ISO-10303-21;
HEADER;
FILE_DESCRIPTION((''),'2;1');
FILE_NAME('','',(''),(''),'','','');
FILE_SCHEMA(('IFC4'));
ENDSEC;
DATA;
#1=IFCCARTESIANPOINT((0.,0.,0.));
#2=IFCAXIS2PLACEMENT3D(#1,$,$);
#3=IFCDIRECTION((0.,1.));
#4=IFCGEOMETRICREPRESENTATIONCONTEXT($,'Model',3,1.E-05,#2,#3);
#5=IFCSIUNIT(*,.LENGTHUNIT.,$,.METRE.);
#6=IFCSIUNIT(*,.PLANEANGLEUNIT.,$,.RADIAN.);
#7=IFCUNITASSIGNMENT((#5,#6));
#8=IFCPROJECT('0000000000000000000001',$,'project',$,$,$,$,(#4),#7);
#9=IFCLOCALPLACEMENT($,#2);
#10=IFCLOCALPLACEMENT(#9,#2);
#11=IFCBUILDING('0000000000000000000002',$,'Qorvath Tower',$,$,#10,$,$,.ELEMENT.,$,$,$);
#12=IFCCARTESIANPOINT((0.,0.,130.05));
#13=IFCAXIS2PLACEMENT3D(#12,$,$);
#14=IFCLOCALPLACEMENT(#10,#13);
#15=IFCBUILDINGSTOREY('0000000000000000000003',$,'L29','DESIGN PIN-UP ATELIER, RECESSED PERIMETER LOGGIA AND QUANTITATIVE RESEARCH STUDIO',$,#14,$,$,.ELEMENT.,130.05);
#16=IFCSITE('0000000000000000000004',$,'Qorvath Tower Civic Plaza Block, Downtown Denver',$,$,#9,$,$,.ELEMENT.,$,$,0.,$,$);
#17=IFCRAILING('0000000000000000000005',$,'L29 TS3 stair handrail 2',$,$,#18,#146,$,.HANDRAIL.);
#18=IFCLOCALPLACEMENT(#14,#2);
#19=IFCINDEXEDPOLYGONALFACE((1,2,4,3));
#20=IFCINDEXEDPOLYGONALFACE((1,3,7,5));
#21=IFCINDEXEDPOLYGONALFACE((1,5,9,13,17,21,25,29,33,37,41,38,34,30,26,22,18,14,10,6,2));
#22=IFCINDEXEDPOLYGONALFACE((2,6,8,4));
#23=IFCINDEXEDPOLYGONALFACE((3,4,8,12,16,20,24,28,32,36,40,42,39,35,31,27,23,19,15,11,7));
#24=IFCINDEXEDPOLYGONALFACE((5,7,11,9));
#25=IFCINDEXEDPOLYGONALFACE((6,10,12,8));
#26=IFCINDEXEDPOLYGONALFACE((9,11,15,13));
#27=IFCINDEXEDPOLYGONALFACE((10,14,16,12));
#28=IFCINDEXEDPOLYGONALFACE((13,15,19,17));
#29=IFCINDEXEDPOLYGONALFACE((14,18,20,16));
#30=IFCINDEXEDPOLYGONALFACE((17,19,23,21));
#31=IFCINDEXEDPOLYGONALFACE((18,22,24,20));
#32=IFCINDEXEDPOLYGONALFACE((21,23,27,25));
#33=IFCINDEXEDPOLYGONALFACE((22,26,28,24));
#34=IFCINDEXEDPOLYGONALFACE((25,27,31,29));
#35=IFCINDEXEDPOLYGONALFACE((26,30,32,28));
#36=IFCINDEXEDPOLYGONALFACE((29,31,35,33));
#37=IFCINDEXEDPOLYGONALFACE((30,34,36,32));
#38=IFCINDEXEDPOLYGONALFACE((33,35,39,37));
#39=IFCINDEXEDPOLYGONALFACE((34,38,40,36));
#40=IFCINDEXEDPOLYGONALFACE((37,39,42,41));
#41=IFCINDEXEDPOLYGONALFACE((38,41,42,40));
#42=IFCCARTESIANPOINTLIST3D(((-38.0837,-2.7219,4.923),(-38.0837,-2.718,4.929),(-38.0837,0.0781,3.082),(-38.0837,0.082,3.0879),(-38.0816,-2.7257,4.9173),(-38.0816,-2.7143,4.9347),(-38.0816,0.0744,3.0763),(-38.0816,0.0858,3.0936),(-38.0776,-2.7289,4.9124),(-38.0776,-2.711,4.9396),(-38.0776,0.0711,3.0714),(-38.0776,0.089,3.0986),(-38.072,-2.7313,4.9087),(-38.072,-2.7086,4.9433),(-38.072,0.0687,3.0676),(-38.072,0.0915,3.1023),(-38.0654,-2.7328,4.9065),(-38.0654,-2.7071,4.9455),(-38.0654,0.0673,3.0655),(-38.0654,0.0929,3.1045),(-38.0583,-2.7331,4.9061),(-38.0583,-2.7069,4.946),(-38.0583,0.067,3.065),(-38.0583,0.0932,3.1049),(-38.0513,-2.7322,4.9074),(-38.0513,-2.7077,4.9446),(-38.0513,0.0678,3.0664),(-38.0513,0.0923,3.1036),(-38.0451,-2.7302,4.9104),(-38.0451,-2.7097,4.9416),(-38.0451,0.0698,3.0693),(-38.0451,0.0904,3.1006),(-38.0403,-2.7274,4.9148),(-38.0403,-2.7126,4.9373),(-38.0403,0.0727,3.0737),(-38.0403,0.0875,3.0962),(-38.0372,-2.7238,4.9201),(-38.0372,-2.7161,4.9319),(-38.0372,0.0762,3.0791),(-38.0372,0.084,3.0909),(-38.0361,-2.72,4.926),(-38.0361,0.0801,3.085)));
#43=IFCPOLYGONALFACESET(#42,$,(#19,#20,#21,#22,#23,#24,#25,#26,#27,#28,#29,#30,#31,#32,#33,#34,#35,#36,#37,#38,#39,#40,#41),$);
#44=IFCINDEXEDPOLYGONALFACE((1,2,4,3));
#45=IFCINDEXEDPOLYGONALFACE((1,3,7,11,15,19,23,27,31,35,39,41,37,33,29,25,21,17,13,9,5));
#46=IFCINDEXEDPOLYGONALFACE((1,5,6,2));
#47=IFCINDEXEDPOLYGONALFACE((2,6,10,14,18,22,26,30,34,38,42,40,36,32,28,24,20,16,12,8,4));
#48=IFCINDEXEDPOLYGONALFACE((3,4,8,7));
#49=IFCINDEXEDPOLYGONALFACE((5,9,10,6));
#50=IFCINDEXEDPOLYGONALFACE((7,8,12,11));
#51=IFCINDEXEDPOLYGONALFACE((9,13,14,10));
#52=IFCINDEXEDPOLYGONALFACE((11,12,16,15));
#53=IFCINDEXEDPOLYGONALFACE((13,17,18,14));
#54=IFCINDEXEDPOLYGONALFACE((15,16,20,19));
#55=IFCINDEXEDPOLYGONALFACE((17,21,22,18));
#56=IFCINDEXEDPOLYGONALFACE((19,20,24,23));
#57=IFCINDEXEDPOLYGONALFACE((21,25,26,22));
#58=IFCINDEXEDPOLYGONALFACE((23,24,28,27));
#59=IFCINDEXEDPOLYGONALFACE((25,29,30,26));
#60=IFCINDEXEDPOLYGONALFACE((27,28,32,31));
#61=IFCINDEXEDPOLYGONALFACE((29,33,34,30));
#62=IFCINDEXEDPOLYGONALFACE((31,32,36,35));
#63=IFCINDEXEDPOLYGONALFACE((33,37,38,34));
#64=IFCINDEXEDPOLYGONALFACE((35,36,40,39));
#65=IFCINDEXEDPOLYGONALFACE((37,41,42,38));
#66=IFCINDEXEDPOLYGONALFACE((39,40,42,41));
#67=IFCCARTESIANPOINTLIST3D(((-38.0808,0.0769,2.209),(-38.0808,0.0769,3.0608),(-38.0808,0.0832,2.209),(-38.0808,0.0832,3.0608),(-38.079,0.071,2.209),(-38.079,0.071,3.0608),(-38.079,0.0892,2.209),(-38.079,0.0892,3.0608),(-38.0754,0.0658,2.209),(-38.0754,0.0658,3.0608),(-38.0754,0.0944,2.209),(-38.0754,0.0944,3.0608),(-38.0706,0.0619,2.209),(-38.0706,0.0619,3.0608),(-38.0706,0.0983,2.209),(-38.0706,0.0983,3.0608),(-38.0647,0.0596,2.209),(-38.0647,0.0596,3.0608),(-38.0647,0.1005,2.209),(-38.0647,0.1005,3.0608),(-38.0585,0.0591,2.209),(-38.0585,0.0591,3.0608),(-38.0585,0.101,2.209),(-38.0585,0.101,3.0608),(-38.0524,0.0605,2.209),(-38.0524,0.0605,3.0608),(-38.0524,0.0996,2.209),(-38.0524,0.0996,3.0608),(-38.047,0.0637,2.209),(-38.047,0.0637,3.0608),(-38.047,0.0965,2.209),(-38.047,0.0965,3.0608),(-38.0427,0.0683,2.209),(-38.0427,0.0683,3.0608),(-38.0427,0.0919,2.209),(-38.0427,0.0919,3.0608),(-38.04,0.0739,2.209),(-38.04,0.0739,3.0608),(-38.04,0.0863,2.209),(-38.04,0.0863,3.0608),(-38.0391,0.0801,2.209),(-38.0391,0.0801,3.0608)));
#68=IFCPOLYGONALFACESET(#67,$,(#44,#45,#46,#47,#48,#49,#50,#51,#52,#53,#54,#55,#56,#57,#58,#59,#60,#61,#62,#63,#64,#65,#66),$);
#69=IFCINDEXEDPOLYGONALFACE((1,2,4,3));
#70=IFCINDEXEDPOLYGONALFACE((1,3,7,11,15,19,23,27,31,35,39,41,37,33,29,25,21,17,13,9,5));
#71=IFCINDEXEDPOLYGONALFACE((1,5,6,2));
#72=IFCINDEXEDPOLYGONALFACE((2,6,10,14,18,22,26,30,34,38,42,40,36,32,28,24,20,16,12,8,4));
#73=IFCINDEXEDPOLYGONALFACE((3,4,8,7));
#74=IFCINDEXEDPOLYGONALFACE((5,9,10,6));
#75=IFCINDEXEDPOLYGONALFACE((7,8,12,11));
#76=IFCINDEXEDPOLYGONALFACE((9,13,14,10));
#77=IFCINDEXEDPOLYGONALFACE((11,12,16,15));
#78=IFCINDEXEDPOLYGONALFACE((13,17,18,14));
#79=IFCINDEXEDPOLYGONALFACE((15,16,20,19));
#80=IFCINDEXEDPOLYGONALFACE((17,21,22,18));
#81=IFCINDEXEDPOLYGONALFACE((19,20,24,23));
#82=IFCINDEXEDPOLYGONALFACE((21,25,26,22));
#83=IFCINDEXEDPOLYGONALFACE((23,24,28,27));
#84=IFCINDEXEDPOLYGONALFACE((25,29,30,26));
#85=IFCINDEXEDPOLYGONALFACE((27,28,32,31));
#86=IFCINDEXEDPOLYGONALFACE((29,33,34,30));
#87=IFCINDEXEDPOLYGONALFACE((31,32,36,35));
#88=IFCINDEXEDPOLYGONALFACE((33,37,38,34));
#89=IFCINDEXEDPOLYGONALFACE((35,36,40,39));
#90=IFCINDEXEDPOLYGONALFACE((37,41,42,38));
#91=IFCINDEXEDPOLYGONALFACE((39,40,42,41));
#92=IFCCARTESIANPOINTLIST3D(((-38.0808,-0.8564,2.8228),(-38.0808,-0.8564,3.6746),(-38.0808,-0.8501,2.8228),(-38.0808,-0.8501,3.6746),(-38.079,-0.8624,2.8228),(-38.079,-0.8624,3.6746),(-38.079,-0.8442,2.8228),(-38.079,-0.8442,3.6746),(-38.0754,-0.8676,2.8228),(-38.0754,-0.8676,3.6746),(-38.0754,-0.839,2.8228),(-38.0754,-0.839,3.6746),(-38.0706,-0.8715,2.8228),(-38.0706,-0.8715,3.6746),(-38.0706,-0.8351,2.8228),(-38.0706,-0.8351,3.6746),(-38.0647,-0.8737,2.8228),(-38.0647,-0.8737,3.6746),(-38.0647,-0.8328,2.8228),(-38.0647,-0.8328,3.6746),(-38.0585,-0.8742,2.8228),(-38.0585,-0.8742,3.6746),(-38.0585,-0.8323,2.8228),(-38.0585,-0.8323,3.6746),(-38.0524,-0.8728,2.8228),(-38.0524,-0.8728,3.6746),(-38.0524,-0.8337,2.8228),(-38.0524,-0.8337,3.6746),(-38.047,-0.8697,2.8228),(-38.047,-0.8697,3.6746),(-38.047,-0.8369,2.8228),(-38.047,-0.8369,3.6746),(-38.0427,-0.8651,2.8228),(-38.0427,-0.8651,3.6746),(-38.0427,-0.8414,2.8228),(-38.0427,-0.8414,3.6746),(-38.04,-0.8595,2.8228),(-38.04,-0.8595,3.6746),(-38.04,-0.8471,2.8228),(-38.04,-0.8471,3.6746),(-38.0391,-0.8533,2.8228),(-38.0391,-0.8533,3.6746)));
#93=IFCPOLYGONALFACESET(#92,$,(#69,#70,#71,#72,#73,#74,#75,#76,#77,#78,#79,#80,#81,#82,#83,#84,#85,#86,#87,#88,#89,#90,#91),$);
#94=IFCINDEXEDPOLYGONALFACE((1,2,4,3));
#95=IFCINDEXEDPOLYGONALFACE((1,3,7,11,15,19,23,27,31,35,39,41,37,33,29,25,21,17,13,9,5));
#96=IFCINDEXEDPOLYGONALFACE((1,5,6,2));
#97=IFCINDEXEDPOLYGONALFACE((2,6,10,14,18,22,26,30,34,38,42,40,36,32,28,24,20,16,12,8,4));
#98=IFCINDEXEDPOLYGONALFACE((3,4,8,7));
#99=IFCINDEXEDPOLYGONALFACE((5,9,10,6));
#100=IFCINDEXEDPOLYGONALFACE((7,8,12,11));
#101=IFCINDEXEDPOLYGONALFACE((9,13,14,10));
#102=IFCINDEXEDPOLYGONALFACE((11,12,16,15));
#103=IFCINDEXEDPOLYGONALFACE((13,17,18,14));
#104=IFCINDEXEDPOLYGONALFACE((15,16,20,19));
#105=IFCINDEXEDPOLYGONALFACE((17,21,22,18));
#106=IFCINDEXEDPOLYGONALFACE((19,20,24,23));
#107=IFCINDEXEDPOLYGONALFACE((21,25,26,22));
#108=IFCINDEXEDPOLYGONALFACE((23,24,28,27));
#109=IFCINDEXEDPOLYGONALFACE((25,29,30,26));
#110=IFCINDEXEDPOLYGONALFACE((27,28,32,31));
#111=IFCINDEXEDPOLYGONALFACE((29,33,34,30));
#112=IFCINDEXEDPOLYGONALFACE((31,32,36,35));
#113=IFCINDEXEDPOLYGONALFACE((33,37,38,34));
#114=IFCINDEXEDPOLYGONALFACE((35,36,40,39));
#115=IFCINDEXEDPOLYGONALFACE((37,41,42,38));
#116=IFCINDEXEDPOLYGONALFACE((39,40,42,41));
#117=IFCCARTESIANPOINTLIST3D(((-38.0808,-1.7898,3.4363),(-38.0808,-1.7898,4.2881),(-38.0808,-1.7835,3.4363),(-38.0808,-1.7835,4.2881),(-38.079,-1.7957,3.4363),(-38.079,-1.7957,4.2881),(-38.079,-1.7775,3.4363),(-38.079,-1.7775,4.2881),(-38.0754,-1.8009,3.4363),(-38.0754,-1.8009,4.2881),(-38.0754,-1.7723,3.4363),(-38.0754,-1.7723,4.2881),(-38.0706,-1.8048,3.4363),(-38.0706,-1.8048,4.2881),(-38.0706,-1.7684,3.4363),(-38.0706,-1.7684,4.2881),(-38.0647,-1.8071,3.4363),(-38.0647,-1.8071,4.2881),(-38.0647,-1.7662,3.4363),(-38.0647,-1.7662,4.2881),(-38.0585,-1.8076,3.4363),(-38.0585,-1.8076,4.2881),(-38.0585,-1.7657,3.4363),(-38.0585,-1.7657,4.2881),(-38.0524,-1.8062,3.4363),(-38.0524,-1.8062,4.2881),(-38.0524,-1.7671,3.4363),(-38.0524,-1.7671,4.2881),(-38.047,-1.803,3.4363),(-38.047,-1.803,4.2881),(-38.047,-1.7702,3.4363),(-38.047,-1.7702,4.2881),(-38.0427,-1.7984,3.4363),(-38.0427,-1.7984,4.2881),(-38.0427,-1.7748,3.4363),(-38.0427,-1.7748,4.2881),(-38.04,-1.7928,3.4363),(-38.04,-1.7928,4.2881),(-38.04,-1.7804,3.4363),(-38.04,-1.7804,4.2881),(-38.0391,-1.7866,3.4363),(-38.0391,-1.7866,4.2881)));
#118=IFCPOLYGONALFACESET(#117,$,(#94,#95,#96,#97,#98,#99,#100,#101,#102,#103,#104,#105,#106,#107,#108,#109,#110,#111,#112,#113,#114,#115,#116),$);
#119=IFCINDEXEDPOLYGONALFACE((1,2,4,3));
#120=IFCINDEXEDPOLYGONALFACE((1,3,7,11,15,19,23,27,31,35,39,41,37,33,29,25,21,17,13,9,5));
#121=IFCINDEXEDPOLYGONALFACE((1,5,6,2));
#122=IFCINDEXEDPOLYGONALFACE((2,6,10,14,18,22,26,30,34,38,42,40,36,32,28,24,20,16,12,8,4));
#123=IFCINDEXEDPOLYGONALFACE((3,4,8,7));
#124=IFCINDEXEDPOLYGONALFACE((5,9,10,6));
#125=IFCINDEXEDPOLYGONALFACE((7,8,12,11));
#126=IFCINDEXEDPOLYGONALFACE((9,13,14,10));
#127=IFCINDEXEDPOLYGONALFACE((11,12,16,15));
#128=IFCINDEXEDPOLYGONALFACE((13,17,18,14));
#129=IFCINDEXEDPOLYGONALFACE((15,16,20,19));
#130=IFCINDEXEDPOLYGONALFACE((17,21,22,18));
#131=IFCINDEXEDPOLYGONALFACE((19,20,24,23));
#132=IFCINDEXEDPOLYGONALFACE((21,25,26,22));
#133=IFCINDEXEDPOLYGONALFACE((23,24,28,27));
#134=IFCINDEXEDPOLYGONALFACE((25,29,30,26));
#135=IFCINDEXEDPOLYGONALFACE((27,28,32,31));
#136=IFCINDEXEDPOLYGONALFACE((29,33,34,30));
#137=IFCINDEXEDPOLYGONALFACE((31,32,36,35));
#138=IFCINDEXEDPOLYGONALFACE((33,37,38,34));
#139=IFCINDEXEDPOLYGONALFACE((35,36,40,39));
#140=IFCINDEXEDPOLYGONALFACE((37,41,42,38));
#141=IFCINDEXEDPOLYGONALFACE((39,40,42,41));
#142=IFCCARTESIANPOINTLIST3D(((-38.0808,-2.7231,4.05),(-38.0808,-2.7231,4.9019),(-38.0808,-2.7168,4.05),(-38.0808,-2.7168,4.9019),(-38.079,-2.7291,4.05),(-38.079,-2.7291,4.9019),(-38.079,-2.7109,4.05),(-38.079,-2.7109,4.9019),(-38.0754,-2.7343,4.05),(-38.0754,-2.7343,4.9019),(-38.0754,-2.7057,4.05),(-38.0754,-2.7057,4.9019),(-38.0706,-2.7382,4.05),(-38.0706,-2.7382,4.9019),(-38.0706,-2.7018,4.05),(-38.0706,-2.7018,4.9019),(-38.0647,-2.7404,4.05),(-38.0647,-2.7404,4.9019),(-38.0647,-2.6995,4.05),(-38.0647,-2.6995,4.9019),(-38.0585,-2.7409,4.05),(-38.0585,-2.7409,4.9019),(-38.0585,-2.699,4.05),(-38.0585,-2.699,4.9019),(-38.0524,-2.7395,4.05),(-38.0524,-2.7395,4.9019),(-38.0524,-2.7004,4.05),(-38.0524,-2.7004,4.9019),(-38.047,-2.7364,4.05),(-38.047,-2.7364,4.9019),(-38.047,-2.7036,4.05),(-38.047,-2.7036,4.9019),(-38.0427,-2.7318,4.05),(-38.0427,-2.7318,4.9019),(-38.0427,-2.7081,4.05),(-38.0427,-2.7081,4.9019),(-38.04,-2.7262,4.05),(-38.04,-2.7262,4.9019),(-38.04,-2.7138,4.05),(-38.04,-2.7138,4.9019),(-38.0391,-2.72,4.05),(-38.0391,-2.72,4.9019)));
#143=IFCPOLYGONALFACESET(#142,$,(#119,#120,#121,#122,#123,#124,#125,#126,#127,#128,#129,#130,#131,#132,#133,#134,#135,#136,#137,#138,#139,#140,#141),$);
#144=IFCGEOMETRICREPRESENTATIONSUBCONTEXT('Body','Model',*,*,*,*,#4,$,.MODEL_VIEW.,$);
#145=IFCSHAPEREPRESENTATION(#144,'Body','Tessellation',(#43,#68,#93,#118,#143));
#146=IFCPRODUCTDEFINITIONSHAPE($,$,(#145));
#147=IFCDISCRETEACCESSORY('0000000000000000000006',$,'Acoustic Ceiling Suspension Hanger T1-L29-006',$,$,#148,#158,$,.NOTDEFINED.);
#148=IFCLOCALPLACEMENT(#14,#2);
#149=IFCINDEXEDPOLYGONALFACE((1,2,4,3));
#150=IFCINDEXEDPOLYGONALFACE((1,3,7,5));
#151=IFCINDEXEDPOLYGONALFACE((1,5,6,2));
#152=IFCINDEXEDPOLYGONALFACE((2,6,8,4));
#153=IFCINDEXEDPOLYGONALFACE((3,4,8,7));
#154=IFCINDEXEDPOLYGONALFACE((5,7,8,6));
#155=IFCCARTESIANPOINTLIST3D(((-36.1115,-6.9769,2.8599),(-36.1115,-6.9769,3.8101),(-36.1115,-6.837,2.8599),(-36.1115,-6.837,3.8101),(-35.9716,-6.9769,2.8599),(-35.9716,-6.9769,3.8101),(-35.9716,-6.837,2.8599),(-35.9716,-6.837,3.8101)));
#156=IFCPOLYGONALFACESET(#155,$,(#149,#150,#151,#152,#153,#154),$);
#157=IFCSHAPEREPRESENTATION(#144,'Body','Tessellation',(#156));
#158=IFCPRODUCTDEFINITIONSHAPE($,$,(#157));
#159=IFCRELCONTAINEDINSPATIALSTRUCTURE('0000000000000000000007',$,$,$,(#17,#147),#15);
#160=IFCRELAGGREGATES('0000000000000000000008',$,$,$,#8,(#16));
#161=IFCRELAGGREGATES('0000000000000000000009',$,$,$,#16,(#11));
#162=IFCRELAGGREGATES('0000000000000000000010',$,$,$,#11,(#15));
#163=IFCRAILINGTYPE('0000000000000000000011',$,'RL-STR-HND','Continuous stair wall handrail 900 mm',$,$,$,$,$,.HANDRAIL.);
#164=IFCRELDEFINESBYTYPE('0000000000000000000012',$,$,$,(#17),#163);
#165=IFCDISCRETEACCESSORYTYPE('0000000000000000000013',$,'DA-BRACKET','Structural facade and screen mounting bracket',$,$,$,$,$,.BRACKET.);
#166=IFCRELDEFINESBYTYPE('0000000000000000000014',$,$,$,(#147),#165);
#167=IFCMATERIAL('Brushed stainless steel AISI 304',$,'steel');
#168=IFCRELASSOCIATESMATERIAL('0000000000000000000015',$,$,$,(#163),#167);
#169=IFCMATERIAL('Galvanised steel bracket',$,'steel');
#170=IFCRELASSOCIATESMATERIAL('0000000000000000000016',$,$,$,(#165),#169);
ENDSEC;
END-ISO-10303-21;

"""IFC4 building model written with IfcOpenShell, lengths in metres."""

from ifc_helpers import new_model, si_unit, direction, frame, origin, origin_2d, place, context, subcontext, project, spatial, rectangle, circle, extrude, material, type_object, element, save


model = new_model("IFC4")

# Units and contexts
model_context = context("Model", 3, precision=1e-05, world=origin(), true_north=direction((0.0, 1.0)))
body_context = subcontext(model_context, "Body", "Model", "MODEL_VIEW")
ifc_project = project(units=[si_unit("LENGTHUNIT", "METRE"), si_unit("PLANEANGLEUNIT", "RADIAN")], contexts=[model_context])

# Site, building, storey
site_placement = place(None, origin())
site = spatial("IfcSite", under=ifc_project, at=site_placement, Name="Qorvath Tower Civic Plaza Block, Downtown Denver", CompositionType="ELEMENT", RefElevation=0.0)
building_placement = place(site_placement, origin())
building = spatial("IfcBuilding", under=site, at=building_placement, Name="Qorvath Tower", CompositionType="ELEMENT")
storey_placement = place(building_placement, frame((0.0, 0.0, 130.05)))
storey = spatial("IfcBuildingStorey", under=building, at=storey_placement, Name="L29", Description="DESIGN PIN-UP ATELIER, RECESSED PERIMETER LOGGIA AND QUANTITATIVE RESEARCH STUDIO", CompositionType="ELEMENT", Elevation=130.05)

# Railing
ifc_material_1 = material(Name="Brushed stainless steel AISI 304", Category="steel")
railing_type_1 = type_object("IfcRailingType", Name="RL-STR-HND", Description="Continuous stair wall handrail 900 mm", PredefinedType="HANDRAIL", material=ifc_material_1)
railing_1_placement = place(storey_placement, frame((-38.0601, 0.0801, 2.209)))
element("IfcRailing", 1, at=railing_1_placement, inside=storey, type_object=railing_type_1, Name="L29 TS3 stair handrail 2", PredefinedType="HANDRAIL", context=body_context, shape_type="SweptSolid", body=[
    extrude(circle(Radius=0.0239, at=origin_2d()), frame((0.0, 0.0, 0.876), z_axis=(0.0, -0.835564, 0.549393), x_axis=(1.0, 0.0, 0.0)), (0.0, 0.0, 1.0), 3.3511),
    extrude(circle(Radius=0.021, at=origin_2d()), origin(), (0.0, 0.0, 1.0), 0.8518),
    extrude(circle(Radius=0.021, at=origin_2d()), frame((0.0, -0.9333, 0.6138)), (0.0, 0.0, 1.0), 0.8518),
    extrude(circle(Radius=0.021, at=origin_2d()), frame((0.0, -1.8667, 1.2273)), (0.0, 0.0, 1.0), 0.8518),
    extrude(circle(Radius=0.021, at=origin_2d()), frame((0.0, -2.8, 1.8411)), (0.0, 0.0, 1.0), 0.8518),
])

# Discrete accessory
ifc_material_2 = material(Name="Galvanised steel bracket", Category="steel")
discrete_accessory_type = type_object("IfcDiscreteAccessoryType", Name="DA-BRACKET", Description="Structural facade and screen mounting bracket", PredefinedType="BRACKET", material=ifc_material_2)
discrete_accessory_placement = place(storey_placement, frame((-36.0415, -6.907, 2.8599), z_axis=(0.0, 0.0, 1.0), x_axis=(1.0, 0.0, 0.0)))
element("IfcDiscreteAccessory", 2, at=discrete_accessory_placement, inside=storey, type_object=discrete_accessory_type, Name="Acoustic Ceiling Suspension Hanger T1-L29-006", PredefinedType="NOTDEFINED", context=body_context, shape_type="SweptSolid", body=[
    extrude(rectangle(XDim=0.1399, YDim=0.1399, at=origin_2d()), origin(), (0.0, 0.0, 1.0), 0.9502),
])

save(model, "model.ifc")
